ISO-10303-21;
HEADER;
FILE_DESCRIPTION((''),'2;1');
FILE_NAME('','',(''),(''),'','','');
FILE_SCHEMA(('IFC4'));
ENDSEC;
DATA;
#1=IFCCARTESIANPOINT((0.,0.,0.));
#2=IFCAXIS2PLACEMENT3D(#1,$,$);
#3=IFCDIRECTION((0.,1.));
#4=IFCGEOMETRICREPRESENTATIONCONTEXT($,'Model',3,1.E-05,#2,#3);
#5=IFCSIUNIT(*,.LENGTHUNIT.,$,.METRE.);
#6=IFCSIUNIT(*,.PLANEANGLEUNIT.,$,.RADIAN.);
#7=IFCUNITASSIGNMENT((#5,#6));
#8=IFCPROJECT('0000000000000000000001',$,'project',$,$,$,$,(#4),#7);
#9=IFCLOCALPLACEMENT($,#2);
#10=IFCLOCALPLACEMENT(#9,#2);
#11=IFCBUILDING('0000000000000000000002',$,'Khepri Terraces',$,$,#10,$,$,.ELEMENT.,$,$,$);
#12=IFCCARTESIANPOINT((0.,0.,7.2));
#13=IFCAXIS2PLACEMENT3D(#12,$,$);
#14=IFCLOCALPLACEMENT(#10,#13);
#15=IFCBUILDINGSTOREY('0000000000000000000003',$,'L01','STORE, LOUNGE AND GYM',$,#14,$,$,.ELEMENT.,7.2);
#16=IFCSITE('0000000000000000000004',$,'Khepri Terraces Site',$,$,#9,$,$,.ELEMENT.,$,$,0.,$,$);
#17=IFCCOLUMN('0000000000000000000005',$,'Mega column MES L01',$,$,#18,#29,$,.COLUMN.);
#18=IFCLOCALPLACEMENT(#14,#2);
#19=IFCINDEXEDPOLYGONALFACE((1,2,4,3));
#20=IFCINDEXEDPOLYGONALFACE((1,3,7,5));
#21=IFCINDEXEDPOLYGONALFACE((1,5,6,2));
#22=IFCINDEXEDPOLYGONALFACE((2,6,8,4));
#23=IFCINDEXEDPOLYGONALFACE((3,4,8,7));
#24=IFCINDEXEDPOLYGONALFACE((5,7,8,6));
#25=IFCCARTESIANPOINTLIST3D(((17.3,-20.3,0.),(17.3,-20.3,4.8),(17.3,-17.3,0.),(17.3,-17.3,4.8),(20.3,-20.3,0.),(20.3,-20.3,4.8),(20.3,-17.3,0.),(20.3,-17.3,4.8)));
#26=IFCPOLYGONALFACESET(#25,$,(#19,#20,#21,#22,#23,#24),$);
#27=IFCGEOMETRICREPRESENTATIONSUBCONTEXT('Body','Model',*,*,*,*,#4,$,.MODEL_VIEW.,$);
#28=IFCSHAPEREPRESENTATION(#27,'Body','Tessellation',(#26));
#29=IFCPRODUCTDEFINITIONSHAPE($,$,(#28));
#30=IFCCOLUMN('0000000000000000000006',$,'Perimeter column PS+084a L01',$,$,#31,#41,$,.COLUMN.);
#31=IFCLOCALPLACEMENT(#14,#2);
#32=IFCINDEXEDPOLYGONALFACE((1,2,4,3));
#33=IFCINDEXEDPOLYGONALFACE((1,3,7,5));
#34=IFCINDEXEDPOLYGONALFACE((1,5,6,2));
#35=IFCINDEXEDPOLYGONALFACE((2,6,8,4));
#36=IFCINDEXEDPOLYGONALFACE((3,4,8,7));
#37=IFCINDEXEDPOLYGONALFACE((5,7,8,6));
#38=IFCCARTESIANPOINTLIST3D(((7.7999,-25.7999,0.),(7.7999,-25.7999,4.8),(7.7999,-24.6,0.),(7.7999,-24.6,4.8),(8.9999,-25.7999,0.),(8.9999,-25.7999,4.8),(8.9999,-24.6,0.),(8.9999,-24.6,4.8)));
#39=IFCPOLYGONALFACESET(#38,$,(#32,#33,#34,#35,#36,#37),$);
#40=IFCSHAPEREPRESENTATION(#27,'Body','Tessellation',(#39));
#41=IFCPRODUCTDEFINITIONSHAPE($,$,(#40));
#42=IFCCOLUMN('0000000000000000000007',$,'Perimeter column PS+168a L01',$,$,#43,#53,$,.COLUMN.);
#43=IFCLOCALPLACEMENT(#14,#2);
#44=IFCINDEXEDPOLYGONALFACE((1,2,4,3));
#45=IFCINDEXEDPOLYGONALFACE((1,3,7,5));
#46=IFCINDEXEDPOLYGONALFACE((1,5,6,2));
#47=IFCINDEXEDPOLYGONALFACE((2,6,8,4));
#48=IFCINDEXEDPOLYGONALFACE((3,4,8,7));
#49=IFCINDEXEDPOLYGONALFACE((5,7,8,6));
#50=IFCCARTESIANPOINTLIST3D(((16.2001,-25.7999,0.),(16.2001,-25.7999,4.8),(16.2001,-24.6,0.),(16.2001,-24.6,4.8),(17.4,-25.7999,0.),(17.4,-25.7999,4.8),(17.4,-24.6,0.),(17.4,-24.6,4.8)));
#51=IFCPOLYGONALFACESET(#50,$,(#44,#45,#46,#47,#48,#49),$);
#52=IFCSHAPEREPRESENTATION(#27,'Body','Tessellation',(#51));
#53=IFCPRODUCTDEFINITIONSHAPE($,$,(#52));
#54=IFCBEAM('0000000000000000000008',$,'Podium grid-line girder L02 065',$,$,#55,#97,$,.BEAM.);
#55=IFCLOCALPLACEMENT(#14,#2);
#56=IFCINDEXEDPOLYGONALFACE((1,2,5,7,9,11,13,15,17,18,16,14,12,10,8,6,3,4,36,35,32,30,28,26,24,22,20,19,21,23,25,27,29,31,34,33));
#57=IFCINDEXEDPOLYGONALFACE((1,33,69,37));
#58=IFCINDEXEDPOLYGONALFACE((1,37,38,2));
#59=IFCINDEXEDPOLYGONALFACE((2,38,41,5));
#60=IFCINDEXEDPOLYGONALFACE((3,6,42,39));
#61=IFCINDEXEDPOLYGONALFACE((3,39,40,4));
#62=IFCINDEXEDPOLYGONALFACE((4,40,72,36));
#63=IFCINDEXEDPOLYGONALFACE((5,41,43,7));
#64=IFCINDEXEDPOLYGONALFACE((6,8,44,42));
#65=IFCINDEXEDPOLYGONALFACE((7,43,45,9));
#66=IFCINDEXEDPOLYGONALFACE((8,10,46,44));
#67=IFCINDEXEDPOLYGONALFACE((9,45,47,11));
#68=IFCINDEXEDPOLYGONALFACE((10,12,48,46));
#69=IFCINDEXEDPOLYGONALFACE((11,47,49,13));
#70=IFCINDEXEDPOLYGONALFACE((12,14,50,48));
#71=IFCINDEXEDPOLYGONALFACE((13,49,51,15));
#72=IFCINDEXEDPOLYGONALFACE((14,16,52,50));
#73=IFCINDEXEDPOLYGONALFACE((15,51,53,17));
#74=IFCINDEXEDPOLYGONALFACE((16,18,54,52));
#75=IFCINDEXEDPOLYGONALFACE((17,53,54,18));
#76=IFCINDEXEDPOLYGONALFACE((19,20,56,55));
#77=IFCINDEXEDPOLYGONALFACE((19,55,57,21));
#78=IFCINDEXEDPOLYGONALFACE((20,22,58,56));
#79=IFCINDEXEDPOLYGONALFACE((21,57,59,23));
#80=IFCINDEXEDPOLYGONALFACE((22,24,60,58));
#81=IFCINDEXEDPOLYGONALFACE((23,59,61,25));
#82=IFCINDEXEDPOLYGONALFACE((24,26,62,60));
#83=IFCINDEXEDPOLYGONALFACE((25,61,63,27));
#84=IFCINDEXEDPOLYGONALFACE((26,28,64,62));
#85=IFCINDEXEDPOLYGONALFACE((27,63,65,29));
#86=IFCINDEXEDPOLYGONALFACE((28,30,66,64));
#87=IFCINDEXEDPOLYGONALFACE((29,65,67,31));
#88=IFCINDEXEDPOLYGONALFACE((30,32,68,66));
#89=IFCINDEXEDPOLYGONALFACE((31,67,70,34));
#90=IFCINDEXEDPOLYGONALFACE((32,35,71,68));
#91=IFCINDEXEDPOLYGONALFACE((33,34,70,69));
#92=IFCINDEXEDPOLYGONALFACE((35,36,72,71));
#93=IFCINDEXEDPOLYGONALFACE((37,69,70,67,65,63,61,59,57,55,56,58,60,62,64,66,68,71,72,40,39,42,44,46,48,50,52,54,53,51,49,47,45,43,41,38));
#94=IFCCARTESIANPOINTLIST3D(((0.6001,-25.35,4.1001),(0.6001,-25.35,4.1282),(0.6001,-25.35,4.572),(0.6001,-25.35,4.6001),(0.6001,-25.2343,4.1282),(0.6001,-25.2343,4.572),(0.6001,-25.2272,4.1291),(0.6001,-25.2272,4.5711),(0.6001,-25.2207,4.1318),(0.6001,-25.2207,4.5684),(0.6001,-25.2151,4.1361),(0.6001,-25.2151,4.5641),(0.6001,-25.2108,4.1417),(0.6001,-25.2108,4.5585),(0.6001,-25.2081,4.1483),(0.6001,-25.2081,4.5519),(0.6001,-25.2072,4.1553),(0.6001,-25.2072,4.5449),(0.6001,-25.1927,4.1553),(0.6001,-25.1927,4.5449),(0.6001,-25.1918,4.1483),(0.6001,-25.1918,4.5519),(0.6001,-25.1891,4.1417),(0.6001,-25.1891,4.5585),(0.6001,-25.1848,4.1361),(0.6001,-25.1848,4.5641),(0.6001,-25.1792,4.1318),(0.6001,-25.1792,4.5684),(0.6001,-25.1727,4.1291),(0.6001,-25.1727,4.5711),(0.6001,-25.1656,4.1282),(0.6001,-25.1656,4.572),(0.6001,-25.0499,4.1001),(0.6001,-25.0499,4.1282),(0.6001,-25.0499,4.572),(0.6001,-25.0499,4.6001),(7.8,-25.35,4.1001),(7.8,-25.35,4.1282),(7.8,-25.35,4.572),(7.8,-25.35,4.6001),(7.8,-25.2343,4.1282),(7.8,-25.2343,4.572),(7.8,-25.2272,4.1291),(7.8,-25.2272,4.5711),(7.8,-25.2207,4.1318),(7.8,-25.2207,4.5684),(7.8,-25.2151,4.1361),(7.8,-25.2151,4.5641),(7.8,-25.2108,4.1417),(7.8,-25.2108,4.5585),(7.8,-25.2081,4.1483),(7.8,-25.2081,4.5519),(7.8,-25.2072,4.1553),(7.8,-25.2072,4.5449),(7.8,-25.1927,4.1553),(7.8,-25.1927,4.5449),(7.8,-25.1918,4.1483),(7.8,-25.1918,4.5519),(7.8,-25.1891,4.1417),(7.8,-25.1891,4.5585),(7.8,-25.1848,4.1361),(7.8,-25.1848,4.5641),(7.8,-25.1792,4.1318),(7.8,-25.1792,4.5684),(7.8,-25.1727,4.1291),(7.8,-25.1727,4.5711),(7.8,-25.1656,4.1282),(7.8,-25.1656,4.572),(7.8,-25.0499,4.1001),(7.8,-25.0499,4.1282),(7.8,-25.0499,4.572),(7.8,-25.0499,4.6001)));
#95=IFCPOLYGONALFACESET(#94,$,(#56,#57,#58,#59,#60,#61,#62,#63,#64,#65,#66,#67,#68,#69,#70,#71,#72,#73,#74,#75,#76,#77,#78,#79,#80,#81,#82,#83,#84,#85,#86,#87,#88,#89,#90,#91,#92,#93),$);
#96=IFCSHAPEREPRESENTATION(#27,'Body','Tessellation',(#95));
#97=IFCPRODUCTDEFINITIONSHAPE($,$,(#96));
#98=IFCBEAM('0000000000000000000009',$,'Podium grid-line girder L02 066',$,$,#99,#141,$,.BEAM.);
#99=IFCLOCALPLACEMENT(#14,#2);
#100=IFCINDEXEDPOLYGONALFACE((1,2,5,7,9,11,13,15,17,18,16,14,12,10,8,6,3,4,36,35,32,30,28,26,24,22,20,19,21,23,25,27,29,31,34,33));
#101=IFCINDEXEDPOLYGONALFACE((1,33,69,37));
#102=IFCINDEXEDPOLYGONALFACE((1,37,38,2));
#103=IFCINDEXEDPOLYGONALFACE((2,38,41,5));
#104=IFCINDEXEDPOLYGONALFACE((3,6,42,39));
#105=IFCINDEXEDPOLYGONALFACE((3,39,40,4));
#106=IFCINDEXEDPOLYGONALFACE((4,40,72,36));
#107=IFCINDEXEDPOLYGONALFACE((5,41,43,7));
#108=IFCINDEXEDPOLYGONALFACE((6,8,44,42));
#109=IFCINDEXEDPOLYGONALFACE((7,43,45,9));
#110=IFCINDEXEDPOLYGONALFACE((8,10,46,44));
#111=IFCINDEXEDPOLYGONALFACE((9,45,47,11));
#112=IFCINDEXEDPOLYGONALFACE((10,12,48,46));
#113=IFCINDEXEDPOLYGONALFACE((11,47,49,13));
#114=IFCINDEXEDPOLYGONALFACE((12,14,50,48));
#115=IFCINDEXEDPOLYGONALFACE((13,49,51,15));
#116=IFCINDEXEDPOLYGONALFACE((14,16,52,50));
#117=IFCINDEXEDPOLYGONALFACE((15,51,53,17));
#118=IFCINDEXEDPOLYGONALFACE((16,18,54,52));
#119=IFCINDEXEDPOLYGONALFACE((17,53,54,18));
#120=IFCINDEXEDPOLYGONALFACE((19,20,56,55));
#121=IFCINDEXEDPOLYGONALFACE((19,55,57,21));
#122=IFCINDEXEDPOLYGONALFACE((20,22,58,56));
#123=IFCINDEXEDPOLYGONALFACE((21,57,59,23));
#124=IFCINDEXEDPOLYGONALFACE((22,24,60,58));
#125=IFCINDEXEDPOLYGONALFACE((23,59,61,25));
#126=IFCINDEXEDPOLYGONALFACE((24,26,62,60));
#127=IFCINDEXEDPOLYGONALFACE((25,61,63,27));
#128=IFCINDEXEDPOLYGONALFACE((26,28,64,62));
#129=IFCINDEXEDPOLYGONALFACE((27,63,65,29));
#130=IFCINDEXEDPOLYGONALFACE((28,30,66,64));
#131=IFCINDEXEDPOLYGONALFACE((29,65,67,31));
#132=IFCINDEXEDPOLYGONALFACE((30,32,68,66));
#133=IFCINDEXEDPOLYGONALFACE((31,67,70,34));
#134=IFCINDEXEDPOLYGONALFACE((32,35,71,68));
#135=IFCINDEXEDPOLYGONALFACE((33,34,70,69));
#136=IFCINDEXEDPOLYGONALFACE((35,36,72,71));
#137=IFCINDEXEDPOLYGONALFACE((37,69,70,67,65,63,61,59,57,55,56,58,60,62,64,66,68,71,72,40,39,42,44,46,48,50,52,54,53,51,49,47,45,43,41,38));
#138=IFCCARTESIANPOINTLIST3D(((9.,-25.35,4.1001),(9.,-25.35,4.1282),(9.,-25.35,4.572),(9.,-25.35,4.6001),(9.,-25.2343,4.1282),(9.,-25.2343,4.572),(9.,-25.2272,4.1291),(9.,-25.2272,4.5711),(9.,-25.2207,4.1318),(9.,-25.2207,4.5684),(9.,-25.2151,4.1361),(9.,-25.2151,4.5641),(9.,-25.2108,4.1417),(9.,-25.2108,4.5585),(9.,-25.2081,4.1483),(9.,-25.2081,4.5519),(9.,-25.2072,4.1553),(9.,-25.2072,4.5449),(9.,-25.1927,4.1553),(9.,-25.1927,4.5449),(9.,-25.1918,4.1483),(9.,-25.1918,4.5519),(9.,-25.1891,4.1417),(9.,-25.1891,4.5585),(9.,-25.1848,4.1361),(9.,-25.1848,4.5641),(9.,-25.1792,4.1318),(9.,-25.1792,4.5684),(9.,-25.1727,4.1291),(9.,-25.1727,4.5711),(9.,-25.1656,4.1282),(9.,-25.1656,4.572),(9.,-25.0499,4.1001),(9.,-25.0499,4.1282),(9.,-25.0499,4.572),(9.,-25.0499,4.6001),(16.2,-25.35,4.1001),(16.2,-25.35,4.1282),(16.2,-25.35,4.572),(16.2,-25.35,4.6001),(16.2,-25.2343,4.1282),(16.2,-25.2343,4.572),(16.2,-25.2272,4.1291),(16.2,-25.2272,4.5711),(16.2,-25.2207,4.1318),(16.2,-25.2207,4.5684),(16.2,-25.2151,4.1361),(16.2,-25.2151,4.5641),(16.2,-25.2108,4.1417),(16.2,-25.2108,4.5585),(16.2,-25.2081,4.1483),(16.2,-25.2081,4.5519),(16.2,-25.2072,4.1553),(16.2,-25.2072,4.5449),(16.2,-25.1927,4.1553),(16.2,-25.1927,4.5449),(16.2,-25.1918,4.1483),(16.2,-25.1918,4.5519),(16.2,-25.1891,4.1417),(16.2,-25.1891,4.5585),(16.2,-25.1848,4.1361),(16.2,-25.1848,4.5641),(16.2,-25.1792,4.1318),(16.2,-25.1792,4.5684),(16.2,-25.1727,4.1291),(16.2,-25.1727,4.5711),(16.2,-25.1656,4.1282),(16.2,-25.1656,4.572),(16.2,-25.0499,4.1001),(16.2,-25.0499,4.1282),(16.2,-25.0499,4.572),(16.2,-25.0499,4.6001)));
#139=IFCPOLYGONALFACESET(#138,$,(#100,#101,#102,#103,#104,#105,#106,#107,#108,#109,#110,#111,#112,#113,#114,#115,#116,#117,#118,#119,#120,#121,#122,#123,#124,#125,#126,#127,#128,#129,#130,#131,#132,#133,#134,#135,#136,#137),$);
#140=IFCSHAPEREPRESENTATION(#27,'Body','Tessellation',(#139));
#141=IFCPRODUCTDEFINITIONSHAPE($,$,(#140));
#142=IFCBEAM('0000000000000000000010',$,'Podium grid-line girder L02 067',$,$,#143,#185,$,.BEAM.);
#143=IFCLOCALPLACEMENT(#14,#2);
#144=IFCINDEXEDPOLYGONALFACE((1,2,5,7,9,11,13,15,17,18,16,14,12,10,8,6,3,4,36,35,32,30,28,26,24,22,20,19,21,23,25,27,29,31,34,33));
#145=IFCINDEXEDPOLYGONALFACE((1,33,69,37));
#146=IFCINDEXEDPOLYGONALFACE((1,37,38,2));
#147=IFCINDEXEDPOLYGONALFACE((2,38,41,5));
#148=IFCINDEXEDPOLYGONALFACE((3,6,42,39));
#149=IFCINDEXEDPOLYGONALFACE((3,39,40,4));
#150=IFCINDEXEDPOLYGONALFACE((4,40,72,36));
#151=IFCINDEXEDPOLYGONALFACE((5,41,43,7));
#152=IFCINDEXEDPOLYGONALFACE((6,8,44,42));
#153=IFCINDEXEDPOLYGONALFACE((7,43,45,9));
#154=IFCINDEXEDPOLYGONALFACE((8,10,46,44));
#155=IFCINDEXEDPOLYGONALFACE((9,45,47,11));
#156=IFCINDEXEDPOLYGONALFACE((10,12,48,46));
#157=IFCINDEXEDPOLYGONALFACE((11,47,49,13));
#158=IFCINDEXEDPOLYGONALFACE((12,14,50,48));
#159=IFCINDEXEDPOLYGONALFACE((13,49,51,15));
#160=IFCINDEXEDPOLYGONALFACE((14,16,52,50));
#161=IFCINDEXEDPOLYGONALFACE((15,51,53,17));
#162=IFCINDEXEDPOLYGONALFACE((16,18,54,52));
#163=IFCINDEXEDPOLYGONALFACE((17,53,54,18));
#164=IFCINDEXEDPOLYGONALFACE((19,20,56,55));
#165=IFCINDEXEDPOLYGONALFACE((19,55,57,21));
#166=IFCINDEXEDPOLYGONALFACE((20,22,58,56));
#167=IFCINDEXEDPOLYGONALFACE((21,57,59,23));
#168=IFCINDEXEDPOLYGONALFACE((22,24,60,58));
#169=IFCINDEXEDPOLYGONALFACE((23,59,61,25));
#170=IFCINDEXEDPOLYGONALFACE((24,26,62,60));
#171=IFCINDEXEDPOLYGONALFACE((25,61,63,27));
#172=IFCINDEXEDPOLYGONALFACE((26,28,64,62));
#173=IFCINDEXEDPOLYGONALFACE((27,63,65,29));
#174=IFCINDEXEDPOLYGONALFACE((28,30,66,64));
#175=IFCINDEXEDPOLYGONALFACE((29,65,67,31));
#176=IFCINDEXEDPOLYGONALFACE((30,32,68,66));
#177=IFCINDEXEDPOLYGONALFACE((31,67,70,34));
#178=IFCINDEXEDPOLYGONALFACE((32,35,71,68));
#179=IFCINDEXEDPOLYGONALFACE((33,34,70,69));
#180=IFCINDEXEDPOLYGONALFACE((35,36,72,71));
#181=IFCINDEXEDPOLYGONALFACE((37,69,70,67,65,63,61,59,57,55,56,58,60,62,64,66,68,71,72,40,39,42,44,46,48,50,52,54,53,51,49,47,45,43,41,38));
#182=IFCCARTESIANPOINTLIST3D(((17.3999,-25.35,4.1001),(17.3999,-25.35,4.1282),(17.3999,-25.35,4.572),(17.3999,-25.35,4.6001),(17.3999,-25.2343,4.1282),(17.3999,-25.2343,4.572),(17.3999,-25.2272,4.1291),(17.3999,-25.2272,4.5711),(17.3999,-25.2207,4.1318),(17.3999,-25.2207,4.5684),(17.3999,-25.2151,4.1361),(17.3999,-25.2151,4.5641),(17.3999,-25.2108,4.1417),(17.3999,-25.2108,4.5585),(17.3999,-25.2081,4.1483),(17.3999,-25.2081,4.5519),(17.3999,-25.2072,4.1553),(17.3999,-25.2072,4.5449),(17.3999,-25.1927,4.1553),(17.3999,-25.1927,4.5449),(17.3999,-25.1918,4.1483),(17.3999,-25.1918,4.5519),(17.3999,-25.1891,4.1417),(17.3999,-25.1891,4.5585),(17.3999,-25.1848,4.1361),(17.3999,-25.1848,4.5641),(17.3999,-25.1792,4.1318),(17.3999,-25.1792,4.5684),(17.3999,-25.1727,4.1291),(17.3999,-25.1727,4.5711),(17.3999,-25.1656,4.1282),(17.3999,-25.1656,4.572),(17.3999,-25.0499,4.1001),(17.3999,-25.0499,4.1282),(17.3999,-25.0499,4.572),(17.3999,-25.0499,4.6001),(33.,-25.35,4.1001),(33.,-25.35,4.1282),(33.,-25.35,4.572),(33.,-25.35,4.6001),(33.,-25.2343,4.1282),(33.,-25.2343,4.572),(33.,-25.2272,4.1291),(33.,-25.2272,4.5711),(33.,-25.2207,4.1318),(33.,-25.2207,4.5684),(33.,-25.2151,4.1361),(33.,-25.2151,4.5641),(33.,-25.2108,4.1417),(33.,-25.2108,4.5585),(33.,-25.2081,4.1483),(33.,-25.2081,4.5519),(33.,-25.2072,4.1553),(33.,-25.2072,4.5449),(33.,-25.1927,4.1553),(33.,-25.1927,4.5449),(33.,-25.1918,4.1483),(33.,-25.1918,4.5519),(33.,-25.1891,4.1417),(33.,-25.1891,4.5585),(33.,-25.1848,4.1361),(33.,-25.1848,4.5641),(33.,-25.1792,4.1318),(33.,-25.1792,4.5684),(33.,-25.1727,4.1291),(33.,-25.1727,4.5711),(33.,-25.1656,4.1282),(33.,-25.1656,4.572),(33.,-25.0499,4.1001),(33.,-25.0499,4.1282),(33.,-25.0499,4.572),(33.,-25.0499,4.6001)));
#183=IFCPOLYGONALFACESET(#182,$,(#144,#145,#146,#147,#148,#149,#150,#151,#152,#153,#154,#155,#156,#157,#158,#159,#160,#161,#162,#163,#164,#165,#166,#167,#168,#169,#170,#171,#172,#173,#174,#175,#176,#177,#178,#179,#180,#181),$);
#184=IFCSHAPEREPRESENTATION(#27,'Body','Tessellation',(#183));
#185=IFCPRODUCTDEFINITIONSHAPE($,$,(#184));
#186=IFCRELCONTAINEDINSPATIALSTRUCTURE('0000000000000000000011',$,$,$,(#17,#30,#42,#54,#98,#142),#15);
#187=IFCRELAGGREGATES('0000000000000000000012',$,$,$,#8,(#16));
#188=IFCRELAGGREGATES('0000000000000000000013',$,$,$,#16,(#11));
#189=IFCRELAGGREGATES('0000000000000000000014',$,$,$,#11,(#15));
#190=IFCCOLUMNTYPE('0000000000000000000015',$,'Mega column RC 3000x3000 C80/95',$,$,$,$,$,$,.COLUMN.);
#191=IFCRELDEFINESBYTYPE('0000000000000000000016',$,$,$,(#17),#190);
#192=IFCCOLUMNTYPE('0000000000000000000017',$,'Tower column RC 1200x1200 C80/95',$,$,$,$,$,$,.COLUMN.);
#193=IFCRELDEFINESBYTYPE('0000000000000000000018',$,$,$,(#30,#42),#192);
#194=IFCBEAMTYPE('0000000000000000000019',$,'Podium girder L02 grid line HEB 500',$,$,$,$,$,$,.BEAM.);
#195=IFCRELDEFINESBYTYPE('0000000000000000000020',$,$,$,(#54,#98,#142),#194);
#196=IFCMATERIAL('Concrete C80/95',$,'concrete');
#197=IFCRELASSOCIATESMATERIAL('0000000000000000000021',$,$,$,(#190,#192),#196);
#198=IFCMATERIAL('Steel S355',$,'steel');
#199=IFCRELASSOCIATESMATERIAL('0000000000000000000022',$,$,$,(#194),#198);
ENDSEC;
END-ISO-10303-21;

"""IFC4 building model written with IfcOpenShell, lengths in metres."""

from ifc_helpers import new_model, si_unit, direction, frame, origin, origin_2d, place, context, subcontext, project, spatial, rectangle, i_section, extrude, material, material_profile, profile_set, type_object, element, save


model = new_model("IFC4")

# Units and contexts
model_context = context("Model", 3, precision=1e-05, world=origin(), true_north=direction((0.0, 1.0)))
body_context = subcontext(model_context, "Body", "Model", "MODEL_VIEW")
ifc_project = project(units=[si_unit("LENGTHUNIT", "METRE"), si_unit("PLANEANGLEUNIT", "RADIAN")], contexts=[model_context])

# Site, building, storey
site_placement = place(None, origin())
site = spatial("IfcSite", under=ifc_project, at=site_placement, Name="Khepri Terraces Site", CompositionType="ELEMENT", RefElevation=0.0)
building_placement = place(site_placement, origin())
building = spatial("IfcBuilding", under=site, at=building_placement, Name="Khepri Terraces", CompositionType="ELEMENT")
storey_placement = place(building_placement, frame((0.0, 0.0, 7.2)))
storey = spatial("IfcBuildingStorey", under=building, at=storey_placement, Name="L01", Description="STORE, LOUNGE AND GYM", CompositionType="ELEMENT", Elevation=7.2)

# Columns
ifc_material_1 = material(Name="Concrete C80/95", Category="concrete")
ifc_material_profile_1 = material_profile(ifc_material_1, rectangle(XDim=3.0, YDim=3.0, at=origin_2d()), Name="Concrete C80/95", Category="concrete")
ifc_profile_set_1 = profile_set([ifc_material_profile_1], Name="Concrete C80/95")
column_type_1 = type_object("IfcColumnType", Name="Mega column RC 3000x3000 C80/95", PredefinedType="COLUMN", material=ifc_profile_set_1)
column_placement = place(storey_placement, frame((18.8, -18.8, 0.0), z_axis=(0.0, 0.0, 1.0), x_axis=(1.0, 0.0, 0.0)))
element("IfcColumn", 1, at=column_placement, inside=storey, type_object=column_type_1, Name="Mega column MES L01", PredefinedType="COLUMN", context=body_context, shape_type="SweptSolid", body=[
    extrude(rectangle(XDim=3.0, YDim=3.0, at=origin_2d()), origin(), (0.0, 0.0, 1.0), 4.8),
])
ifc_material_profile_2 = material_profile(ifc_material_1, rectangle(XDim=1.2, YDim=1.2, at=origin_2d()), Name="Concrete C80/95", Category="concrete")
ifc_profile_set_2 = profile_set([ifc_material_profile_2], Name="Concrete C80/95")
column_type_2 = type_object("IfcColumnType", Name="Tower column RC 1200x1200 C80/95", PredefinedType="COLUMN", material=ifc_profile_set_2)
for number, where, z_axis, x_axis, name in (
    (2, (8.3999, -25.2, 0.0), (0.0, 0.0, 1.0), (1.0, 0.0, 0.0), "Perimeter column PS+084a L01"),
    (3, (16.8, -25.2, 0.0), (0.0, 0.0, 1.0), (1.0, 0.0, 0.0), "Perimeter column PS+168a L01"),
):
    element("IfcColumn", number, at=place(storey_placement, frame(where, z_axis=z_axis, x_axis=x_axis)), inside=storey, type_object=column_type_2, Name=name, PredefinedType="COLUMN", context=body_context, shape_type="SweptSolid", body=[
        extrude(rectangle(XDim=1.2, YDim=1.2, at=origin_2d()), origin(), (0.0, 0.0, 1.0), 4.8),
    ])

# Beams
ifc_material_2 = material(Name="Steel S355", Category="steel")
ifc_material_profile_3 = material_profile(ifc_material_2, i_section(OverallWidth=0.3, OverallDepth=0.5, WebThickness=0.0144, FlangeThickness=0.0281, FilletRadius=0.0271, at=origin_2d()), Name="Steel S355", Category="steel")
ifc_profile_set_3 = profile_set([ifc_material_profile_3], Name="Steel S355")
beam_type_1 = type_object("IfcBeamType", Name="Podium girder L02 grid line HEB 500", PredefinedType="BEAM", material=ifc_profile_set_3)
for number, where, z_axis, x_axis, name in (
    (4, (0.6001, -25.2, 4.3501), (1.0, 0.0, 0.0), (0.0, 1.0, 0.0), "Podium grid-line girder L02 065"),
    (5, (9.0, -25.2, 4.3501), (1.0, 0.0, 0.0), (0.0, 1.0, 0.0), "Podium grid-line girder L02 066"),
):
    element("IfcBeam", number, at=place(storey_placement, frame(where, z_axis=z_axis, x_axis=x_axis)), inside=storey, type_object=beam_type_1, Name=name, PredefinedType="BEAM", context=body_context, shape_type="SweptSolid", body=[
        extrude(i_section(OverallWidth=0.3, OverallDepth=0.5, WebThickness=0.0144, FlangeThickness=0.0281, FilletRadius=0.0271, at=origin_2d()), origin(), (0.0, 0.0, 1.0), 7.2),
    ])
beam_1_placement = place(storey_placement, frame((17.3999, -25.2, 4.3501), z_axis=(1.0, 0.0, 0.0), x_axis=(0.0, 1.0, 0.0)))
element("IfcBeam", 6, at=beam_1_placement, inside=storey, type_object=beam_type_1, Name="Podium grid-line girder L02 067", PredefinedType="BEAM", context=body_context, shape_type="SweptSolid", body=[
    extrude(i_section(OverallWidth=0.3, OverallDepth=0.5, WebThickness=0.0144, FlangeThickness=0.0281, FilletRadius=0.0271, at=origin_2d()), origin(), (0.0, 0.0, 1.0), 15.6001),
])

save(model, "model.ifc")
